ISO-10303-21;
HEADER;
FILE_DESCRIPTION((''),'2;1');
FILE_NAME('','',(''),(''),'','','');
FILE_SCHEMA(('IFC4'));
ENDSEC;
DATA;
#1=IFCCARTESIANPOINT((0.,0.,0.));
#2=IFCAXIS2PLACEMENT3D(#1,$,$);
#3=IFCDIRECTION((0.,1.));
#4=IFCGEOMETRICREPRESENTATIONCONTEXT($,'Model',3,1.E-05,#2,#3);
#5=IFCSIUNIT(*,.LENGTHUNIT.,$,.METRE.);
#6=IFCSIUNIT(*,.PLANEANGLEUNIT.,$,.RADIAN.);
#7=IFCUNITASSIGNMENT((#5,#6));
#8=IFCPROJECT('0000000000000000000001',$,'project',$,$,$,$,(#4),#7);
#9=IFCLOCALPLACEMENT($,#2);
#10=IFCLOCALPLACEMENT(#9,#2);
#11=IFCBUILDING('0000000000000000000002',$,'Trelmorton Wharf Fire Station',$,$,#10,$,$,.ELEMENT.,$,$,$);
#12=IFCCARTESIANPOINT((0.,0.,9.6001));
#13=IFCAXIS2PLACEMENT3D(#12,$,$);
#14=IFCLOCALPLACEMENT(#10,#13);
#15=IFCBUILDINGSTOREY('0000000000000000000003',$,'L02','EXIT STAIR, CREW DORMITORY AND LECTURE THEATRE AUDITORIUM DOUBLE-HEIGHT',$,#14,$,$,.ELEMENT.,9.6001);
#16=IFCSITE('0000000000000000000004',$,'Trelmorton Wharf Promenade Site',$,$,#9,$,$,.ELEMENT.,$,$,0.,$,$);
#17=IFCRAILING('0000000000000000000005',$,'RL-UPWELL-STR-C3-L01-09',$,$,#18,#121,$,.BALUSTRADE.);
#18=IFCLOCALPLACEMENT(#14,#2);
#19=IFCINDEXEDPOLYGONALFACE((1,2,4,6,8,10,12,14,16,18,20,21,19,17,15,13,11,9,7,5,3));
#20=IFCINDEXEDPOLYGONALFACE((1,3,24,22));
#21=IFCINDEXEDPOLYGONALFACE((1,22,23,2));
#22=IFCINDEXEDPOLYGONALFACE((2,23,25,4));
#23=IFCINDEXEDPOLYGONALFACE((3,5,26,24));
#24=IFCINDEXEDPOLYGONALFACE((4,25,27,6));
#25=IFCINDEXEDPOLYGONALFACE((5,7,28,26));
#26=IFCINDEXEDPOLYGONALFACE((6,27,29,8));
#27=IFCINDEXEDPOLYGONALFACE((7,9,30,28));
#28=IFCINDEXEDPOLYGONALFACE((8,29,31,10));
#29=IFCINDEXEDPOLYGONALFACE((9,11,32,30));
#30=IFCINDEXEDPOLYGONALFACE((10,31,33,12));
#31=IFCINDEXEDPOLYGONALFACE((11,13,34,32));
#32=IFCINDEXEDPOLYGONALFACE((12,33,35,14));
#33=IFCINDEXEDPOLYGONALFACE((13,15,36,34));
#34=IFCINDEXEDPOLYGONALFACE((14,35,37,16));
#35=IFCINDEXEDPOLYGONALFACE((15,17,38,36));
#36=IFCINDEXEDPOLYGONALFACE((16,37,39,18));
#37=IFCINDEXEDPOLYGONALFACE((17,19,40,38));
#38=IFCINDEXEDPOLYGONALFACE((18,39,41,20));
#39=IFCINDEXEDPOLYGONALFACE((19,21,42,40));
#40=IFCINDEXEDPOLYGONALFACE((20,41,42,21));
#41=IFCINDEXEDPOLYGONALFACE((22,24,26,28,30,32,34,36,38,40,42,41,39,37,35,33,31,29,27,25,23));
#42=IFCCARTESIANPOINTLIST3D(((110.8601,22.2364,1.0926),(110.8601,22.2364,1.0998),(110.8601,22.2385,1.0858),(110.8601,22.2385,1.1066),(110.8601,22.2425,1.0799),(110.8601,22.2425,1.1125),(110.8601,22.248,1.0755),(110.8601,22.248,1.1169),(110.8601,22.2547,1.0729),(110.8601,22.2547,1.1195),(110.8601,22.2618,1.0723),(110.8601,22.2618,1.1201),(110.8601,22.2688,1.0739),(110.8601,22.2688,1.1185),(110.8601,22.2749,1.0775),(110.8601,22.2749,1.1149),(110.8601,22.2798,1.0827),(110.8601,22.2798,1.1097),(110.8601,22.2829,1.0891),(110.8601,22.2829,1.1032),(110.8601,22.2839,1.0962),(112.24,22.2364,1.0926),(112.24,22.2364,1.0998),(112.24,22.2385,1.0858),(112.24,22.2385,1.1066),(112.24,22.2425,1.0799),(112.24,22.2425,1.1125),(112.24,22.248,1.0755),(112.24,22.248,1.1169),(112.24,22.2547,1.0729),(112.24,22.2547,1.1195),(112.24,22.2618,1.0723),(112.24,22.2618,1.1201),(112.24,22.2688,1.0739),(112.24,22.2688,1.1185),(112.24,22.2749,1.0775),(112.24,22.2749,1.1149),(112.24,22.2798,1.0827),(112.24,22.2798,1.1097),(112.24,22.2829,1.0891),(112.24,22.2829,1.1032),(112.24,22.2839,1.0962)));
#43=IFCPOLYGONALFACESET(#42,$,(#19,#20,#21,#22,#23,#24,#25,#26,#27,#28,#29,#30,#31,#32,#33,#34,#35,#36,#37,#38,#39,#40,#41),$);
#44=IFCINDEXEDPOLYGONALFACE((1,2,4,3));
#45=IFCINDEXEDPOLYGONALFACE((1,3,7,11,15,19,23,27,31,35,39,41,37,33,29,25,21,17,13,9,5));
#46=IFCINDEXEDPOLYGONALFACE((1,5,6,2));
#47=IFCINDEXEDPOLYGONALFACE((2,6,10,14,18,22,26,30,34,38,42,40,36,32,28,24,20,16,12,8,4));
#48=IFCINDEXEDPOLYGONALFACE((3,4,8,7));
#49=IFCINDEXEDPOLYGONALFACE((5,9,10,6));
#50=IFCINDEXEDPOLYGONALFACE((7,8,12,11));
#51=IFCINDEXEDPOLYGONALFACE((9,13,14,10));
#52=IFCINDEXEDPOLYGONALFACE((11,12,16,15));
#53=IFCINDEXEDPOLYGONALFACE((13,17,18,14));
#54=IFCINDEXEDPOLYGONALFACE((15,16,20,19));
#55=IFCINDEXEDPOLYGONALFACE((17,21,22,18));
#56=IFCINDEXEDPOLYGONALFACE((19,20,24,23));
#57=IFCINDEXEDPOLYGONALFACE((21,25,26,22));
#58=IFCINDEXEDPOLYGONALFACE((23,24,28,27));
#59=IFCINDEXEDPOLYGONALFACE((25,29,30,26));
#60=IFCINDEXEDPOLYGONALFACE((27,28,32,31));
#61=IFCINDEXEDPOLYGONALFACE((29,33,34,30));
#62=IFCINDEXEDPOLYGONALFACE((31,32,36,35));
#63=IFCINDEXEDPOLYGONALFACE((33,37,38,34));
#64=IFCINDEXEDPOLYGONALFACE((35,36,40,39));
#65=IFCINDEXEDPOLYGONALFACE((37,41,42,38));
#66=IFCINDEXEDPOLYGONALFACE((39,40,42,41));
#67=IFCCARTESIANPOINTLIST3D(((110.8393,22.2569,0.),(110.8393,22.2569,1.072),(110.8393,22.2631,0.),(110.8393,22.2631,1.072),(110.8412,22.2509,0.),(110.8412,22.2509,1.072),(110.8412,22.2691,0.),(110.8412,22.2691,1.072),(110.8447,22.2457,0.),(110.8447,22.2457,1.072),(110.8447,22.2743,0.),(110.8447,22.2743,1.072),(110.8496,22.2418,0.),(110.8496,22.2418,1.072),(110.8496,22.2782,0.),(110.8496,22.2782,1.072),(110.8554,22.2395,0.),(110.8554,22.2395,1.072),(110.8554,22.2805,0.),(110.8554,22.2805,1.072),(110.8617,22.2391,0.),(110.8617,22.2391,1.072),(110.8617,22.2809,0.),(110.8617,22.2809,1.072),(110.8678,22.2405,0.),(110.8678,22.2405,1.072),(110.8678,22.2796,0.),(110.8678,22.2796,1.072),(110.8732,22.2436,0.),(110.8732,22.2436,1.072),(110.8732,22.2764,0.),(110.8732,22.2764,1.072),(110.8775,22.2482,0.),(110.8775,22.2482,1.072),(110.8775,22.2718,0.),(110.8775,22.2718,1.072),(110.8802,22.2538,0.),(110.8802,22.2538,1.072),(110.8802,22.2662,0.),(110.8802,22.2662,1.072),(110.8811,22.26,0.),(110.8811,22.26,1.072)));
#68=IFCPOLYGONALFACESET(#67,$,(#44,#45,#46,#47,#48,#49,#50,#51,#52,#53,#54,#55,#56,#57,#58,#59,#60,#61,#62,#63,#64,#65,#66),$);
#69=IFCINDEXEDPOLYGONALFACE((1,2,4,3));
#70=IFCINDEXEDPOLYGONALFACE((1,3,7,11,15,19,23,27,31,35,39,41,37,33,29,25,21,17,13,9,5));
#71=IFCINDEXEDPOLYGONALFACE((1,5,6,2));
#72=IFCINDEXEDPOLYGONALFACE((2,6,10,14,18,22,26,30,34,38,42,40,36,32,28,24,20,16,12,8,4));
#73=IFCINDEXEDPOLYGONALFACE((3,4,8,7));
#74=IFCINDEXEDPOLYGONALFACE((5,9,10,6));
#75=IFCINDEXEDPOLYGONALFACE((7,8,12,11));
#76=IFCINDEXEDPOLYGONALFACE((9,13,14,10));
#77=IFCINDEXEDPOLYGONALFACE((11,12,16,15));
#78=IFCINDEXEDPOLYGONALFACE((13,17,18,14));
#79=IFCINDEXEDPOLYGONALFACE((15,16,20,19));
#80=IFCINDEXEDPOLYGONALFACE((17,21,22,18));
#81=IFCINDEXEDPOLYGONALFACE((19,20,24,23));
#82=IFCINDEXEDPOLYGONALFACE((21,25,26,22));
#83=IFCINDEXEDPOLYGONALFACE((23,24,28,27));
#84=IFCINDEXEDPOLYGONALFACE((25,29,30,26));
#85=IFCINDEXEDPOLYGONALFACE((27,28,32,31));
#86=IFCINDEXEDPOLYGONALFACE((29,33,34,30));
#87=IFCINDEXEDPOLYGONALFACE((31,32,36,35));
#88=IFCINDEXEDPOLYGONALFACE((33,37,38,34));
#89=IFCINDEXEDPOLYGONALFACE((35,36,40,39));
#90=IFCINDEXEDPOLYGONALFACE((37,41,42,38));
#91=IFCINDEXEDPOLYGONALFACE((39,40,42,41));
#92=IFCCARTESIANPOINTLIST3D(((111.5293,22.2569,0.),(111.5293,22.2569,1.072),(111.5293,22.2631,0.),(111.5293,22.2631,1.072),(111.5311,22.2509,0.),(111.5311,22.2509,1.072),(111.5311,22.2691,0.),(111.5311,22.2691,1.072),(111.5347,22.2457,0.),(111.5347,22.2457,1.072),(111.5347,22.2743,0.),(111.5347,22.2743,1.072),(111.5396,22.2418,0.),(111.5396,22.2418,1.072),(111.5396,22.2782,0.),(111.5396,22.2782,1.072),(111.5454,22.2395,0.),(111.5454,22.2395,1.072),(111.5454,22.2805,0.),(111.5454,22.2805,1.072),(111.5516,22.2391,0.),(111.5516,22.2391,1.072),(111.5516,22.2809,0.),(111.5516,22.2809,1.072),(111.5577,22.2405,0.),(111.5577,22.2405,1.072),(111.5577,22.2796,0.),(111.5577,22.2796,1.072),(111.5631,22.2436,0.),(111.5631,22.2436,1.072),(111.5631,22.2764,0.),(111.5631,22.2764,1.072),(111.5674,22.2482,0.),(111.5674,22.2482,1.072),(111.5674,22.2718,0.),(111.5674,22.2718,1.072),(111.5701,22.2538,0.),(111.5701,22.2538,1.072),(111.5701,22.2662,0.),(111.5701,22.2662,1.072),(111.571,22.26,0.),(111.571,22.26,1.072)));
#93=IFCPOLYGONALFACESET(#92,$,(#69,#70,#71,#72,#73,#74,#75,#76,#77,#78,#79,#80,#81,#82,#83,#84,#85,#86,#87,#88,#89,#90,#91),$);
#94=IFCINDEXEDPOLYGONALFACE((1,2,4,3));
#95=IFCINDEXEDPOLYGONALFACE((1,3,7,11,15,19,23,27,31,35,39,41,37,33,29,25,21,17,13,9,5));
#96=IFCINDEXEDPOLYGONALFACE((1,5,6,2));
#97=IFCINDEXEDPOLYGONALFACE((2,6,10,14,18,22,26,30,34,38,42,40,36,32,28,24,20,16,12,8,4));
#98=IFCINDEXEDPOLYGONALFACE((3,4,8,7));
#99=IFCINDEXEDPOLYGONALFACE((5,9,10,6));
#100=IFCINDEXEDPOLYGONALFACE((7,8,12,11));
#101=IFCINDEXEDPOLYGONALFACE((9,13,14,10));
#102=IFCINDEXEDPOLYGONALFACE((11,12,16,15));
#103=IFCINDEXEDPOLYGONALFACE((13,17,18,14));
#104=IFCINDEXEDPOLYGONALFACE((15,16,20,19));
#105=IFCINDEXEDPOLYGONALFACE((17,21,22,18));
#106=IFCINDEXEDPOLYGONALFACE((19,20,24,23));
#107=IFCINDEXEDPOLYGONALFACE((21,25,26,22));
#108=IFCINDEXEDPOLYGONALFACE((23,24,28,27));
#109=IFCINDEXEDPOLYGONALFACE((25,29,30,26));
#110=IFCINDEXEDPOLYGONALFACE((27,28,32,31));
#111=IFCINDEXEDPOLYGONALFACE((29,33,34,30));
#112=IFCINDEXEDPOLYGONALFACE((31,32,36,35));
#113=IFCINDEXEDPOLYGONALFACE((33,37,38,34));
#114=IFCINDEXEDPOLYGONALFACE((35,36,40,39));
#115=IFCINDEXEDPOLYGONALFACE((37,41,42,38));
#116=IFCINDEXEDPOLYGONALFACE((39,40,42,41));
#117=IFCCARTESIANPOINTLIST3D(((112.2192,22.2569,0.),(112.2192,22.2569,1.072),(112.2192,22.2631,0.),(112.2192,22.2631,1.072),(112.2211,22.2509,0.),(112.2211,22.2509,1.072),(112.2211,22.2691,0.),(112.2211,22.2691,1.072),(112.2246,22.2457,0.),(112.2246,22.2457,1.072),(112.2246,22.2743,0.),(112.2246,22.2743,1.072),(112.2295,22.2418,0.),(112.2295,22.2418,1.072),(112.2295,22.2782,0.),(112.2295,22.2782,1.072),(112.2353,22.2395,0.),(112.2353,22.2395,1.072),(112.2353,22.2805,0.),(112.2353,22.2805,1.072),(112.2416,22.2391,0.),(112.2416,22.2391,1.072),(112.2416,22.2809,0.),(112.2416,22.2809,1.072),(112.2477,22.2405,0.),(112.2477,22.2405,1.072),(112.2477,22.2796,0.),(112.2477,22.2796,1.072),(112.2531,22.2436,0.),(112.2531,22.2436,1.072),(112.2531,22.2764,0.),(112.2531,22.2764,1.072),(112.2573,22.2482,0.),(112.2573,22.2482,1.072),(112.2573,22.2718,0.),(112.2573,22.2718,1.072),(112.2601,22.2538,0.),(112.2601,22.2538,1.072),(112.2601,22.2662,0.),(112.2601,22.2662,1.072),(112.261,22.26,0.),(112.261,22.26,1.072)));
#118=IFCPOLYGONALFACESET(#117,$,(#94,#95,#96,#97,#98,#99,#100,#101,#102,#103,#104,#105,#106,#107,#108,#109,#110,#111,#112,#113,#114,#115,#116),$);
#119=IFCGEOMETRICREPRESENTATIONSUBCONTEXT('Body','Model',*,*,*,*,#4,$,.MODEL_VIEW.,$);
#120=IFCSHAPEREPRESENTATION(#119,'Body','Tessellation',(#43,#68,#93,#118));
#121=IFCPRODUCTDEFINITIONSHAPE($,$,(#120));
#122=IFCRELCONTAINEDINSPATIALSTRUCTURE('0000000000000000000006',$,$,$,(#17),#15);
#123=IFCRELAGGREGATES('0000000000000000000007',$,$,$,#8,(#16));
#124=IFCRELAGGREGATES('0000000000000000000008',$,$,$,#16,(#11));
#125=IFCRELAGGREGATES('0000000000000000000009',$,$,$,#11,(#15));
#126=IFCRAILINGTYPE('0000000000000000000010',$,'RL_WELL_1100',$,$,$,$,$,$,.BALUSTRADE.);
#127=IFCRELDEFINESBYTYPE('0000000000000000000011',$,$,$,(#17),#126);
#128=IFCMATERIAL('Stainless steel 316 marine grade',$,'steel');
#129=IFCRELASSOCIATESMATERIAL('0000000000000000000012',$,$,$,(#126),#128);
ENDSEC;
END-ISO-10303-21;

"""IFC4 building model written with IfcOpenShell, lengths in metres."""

from ifc_helpers import new_model, si_unit, direction, frame, origin, origin_2d, place, context, subcontext, project, spatial, circle, extrude, material, type_object, element, save


model = new_model("IFC4")

# Units and contexts
model_context = context("Model", 3, precision=1e-05, world=origin(), true_north=direction((0.0, 1.0)))
body_context = subcontext(model_context, "Body", "Model", "MODEL_VIEW")
ifc_project = project(units=[si_unit("LENGTHUNIT", "METRE"), si_unit("PLANEANGLEUNIT", "RADIAN")], contexts=[model_context])

# Site, building, storey
site_placement = place(None, origin())
site = spatial("IfcSite", under=ifc_project, at=site_placement, Name="Trelmorton Wharf Promenade Site", CompositionType="ELEMENT", RefElevation=0.0)
building_placement = place(site_placement, origin())
building = spatial("IfcBuilding", under=site, at=building_placement, Name="Trelmorton Wharf Fire Station", CompositionType="ELEMENT")
storey_placement = place(building_placement, frame((0.0, 0.0, 9.6001)))
storey = spatial("IfcBuildingStorey", under=building, at=storey_placement, Name="L02", Description="EXIT STAIR, CREW DORMITORY AND LECTURE THEATRE AUDITORIUM DOUBLE-HEIGHT", CompositionType="ELEMENT", Elevation=9.6001)

# Shared definitions
ifc_material_1 = material(Name="Stainless steel 316 marine grade", Category="steel")

# Railing
railing_type = type_object("IfcRailingType", Name="RL_WELL_1100", PredefinedType="BALUSTRADE", material=ifc_material_1)
railing_1_placement = place(storey_placement, frame((110.8601, 22.26, 0.0)))
element("IfcRailing", 1, at=railing_1_placement, inside=storey, type_object=railing_type, Name="RL-UPWELL-STR-C3-L01-09", PredefinedType="BALUSTRADE", context=body_context, shape_type="SweptSolid", body=[
    extrude(circle(Radius=0.0239, at=origin_2d()), frame((0.0, 0.0, 1.0962), z_axis=(1.0, 0.0, 0.0), x_axis=(0.0, 1.0, 0.0)), (0.0, 0.0, 1.0), 1.3799),
    extrude(circle(Radius=0.021, at=origin_2d()), origin(), (0.0, 0.0, 1.0), 1.072),
    extrude(circle(Radius=0.021, at=origin_2d()), frame((0.6899, 0.0, 0.0)), (0.0, 0.0, 1.0), 1.072),
    extrude(circle(Radius=0.021, at=origin_2d()), frame((1.3799, 0.0, 0.0)), (0.0, 0.0, 1.0), 1.072),
])

save(model, "model.ifc")
